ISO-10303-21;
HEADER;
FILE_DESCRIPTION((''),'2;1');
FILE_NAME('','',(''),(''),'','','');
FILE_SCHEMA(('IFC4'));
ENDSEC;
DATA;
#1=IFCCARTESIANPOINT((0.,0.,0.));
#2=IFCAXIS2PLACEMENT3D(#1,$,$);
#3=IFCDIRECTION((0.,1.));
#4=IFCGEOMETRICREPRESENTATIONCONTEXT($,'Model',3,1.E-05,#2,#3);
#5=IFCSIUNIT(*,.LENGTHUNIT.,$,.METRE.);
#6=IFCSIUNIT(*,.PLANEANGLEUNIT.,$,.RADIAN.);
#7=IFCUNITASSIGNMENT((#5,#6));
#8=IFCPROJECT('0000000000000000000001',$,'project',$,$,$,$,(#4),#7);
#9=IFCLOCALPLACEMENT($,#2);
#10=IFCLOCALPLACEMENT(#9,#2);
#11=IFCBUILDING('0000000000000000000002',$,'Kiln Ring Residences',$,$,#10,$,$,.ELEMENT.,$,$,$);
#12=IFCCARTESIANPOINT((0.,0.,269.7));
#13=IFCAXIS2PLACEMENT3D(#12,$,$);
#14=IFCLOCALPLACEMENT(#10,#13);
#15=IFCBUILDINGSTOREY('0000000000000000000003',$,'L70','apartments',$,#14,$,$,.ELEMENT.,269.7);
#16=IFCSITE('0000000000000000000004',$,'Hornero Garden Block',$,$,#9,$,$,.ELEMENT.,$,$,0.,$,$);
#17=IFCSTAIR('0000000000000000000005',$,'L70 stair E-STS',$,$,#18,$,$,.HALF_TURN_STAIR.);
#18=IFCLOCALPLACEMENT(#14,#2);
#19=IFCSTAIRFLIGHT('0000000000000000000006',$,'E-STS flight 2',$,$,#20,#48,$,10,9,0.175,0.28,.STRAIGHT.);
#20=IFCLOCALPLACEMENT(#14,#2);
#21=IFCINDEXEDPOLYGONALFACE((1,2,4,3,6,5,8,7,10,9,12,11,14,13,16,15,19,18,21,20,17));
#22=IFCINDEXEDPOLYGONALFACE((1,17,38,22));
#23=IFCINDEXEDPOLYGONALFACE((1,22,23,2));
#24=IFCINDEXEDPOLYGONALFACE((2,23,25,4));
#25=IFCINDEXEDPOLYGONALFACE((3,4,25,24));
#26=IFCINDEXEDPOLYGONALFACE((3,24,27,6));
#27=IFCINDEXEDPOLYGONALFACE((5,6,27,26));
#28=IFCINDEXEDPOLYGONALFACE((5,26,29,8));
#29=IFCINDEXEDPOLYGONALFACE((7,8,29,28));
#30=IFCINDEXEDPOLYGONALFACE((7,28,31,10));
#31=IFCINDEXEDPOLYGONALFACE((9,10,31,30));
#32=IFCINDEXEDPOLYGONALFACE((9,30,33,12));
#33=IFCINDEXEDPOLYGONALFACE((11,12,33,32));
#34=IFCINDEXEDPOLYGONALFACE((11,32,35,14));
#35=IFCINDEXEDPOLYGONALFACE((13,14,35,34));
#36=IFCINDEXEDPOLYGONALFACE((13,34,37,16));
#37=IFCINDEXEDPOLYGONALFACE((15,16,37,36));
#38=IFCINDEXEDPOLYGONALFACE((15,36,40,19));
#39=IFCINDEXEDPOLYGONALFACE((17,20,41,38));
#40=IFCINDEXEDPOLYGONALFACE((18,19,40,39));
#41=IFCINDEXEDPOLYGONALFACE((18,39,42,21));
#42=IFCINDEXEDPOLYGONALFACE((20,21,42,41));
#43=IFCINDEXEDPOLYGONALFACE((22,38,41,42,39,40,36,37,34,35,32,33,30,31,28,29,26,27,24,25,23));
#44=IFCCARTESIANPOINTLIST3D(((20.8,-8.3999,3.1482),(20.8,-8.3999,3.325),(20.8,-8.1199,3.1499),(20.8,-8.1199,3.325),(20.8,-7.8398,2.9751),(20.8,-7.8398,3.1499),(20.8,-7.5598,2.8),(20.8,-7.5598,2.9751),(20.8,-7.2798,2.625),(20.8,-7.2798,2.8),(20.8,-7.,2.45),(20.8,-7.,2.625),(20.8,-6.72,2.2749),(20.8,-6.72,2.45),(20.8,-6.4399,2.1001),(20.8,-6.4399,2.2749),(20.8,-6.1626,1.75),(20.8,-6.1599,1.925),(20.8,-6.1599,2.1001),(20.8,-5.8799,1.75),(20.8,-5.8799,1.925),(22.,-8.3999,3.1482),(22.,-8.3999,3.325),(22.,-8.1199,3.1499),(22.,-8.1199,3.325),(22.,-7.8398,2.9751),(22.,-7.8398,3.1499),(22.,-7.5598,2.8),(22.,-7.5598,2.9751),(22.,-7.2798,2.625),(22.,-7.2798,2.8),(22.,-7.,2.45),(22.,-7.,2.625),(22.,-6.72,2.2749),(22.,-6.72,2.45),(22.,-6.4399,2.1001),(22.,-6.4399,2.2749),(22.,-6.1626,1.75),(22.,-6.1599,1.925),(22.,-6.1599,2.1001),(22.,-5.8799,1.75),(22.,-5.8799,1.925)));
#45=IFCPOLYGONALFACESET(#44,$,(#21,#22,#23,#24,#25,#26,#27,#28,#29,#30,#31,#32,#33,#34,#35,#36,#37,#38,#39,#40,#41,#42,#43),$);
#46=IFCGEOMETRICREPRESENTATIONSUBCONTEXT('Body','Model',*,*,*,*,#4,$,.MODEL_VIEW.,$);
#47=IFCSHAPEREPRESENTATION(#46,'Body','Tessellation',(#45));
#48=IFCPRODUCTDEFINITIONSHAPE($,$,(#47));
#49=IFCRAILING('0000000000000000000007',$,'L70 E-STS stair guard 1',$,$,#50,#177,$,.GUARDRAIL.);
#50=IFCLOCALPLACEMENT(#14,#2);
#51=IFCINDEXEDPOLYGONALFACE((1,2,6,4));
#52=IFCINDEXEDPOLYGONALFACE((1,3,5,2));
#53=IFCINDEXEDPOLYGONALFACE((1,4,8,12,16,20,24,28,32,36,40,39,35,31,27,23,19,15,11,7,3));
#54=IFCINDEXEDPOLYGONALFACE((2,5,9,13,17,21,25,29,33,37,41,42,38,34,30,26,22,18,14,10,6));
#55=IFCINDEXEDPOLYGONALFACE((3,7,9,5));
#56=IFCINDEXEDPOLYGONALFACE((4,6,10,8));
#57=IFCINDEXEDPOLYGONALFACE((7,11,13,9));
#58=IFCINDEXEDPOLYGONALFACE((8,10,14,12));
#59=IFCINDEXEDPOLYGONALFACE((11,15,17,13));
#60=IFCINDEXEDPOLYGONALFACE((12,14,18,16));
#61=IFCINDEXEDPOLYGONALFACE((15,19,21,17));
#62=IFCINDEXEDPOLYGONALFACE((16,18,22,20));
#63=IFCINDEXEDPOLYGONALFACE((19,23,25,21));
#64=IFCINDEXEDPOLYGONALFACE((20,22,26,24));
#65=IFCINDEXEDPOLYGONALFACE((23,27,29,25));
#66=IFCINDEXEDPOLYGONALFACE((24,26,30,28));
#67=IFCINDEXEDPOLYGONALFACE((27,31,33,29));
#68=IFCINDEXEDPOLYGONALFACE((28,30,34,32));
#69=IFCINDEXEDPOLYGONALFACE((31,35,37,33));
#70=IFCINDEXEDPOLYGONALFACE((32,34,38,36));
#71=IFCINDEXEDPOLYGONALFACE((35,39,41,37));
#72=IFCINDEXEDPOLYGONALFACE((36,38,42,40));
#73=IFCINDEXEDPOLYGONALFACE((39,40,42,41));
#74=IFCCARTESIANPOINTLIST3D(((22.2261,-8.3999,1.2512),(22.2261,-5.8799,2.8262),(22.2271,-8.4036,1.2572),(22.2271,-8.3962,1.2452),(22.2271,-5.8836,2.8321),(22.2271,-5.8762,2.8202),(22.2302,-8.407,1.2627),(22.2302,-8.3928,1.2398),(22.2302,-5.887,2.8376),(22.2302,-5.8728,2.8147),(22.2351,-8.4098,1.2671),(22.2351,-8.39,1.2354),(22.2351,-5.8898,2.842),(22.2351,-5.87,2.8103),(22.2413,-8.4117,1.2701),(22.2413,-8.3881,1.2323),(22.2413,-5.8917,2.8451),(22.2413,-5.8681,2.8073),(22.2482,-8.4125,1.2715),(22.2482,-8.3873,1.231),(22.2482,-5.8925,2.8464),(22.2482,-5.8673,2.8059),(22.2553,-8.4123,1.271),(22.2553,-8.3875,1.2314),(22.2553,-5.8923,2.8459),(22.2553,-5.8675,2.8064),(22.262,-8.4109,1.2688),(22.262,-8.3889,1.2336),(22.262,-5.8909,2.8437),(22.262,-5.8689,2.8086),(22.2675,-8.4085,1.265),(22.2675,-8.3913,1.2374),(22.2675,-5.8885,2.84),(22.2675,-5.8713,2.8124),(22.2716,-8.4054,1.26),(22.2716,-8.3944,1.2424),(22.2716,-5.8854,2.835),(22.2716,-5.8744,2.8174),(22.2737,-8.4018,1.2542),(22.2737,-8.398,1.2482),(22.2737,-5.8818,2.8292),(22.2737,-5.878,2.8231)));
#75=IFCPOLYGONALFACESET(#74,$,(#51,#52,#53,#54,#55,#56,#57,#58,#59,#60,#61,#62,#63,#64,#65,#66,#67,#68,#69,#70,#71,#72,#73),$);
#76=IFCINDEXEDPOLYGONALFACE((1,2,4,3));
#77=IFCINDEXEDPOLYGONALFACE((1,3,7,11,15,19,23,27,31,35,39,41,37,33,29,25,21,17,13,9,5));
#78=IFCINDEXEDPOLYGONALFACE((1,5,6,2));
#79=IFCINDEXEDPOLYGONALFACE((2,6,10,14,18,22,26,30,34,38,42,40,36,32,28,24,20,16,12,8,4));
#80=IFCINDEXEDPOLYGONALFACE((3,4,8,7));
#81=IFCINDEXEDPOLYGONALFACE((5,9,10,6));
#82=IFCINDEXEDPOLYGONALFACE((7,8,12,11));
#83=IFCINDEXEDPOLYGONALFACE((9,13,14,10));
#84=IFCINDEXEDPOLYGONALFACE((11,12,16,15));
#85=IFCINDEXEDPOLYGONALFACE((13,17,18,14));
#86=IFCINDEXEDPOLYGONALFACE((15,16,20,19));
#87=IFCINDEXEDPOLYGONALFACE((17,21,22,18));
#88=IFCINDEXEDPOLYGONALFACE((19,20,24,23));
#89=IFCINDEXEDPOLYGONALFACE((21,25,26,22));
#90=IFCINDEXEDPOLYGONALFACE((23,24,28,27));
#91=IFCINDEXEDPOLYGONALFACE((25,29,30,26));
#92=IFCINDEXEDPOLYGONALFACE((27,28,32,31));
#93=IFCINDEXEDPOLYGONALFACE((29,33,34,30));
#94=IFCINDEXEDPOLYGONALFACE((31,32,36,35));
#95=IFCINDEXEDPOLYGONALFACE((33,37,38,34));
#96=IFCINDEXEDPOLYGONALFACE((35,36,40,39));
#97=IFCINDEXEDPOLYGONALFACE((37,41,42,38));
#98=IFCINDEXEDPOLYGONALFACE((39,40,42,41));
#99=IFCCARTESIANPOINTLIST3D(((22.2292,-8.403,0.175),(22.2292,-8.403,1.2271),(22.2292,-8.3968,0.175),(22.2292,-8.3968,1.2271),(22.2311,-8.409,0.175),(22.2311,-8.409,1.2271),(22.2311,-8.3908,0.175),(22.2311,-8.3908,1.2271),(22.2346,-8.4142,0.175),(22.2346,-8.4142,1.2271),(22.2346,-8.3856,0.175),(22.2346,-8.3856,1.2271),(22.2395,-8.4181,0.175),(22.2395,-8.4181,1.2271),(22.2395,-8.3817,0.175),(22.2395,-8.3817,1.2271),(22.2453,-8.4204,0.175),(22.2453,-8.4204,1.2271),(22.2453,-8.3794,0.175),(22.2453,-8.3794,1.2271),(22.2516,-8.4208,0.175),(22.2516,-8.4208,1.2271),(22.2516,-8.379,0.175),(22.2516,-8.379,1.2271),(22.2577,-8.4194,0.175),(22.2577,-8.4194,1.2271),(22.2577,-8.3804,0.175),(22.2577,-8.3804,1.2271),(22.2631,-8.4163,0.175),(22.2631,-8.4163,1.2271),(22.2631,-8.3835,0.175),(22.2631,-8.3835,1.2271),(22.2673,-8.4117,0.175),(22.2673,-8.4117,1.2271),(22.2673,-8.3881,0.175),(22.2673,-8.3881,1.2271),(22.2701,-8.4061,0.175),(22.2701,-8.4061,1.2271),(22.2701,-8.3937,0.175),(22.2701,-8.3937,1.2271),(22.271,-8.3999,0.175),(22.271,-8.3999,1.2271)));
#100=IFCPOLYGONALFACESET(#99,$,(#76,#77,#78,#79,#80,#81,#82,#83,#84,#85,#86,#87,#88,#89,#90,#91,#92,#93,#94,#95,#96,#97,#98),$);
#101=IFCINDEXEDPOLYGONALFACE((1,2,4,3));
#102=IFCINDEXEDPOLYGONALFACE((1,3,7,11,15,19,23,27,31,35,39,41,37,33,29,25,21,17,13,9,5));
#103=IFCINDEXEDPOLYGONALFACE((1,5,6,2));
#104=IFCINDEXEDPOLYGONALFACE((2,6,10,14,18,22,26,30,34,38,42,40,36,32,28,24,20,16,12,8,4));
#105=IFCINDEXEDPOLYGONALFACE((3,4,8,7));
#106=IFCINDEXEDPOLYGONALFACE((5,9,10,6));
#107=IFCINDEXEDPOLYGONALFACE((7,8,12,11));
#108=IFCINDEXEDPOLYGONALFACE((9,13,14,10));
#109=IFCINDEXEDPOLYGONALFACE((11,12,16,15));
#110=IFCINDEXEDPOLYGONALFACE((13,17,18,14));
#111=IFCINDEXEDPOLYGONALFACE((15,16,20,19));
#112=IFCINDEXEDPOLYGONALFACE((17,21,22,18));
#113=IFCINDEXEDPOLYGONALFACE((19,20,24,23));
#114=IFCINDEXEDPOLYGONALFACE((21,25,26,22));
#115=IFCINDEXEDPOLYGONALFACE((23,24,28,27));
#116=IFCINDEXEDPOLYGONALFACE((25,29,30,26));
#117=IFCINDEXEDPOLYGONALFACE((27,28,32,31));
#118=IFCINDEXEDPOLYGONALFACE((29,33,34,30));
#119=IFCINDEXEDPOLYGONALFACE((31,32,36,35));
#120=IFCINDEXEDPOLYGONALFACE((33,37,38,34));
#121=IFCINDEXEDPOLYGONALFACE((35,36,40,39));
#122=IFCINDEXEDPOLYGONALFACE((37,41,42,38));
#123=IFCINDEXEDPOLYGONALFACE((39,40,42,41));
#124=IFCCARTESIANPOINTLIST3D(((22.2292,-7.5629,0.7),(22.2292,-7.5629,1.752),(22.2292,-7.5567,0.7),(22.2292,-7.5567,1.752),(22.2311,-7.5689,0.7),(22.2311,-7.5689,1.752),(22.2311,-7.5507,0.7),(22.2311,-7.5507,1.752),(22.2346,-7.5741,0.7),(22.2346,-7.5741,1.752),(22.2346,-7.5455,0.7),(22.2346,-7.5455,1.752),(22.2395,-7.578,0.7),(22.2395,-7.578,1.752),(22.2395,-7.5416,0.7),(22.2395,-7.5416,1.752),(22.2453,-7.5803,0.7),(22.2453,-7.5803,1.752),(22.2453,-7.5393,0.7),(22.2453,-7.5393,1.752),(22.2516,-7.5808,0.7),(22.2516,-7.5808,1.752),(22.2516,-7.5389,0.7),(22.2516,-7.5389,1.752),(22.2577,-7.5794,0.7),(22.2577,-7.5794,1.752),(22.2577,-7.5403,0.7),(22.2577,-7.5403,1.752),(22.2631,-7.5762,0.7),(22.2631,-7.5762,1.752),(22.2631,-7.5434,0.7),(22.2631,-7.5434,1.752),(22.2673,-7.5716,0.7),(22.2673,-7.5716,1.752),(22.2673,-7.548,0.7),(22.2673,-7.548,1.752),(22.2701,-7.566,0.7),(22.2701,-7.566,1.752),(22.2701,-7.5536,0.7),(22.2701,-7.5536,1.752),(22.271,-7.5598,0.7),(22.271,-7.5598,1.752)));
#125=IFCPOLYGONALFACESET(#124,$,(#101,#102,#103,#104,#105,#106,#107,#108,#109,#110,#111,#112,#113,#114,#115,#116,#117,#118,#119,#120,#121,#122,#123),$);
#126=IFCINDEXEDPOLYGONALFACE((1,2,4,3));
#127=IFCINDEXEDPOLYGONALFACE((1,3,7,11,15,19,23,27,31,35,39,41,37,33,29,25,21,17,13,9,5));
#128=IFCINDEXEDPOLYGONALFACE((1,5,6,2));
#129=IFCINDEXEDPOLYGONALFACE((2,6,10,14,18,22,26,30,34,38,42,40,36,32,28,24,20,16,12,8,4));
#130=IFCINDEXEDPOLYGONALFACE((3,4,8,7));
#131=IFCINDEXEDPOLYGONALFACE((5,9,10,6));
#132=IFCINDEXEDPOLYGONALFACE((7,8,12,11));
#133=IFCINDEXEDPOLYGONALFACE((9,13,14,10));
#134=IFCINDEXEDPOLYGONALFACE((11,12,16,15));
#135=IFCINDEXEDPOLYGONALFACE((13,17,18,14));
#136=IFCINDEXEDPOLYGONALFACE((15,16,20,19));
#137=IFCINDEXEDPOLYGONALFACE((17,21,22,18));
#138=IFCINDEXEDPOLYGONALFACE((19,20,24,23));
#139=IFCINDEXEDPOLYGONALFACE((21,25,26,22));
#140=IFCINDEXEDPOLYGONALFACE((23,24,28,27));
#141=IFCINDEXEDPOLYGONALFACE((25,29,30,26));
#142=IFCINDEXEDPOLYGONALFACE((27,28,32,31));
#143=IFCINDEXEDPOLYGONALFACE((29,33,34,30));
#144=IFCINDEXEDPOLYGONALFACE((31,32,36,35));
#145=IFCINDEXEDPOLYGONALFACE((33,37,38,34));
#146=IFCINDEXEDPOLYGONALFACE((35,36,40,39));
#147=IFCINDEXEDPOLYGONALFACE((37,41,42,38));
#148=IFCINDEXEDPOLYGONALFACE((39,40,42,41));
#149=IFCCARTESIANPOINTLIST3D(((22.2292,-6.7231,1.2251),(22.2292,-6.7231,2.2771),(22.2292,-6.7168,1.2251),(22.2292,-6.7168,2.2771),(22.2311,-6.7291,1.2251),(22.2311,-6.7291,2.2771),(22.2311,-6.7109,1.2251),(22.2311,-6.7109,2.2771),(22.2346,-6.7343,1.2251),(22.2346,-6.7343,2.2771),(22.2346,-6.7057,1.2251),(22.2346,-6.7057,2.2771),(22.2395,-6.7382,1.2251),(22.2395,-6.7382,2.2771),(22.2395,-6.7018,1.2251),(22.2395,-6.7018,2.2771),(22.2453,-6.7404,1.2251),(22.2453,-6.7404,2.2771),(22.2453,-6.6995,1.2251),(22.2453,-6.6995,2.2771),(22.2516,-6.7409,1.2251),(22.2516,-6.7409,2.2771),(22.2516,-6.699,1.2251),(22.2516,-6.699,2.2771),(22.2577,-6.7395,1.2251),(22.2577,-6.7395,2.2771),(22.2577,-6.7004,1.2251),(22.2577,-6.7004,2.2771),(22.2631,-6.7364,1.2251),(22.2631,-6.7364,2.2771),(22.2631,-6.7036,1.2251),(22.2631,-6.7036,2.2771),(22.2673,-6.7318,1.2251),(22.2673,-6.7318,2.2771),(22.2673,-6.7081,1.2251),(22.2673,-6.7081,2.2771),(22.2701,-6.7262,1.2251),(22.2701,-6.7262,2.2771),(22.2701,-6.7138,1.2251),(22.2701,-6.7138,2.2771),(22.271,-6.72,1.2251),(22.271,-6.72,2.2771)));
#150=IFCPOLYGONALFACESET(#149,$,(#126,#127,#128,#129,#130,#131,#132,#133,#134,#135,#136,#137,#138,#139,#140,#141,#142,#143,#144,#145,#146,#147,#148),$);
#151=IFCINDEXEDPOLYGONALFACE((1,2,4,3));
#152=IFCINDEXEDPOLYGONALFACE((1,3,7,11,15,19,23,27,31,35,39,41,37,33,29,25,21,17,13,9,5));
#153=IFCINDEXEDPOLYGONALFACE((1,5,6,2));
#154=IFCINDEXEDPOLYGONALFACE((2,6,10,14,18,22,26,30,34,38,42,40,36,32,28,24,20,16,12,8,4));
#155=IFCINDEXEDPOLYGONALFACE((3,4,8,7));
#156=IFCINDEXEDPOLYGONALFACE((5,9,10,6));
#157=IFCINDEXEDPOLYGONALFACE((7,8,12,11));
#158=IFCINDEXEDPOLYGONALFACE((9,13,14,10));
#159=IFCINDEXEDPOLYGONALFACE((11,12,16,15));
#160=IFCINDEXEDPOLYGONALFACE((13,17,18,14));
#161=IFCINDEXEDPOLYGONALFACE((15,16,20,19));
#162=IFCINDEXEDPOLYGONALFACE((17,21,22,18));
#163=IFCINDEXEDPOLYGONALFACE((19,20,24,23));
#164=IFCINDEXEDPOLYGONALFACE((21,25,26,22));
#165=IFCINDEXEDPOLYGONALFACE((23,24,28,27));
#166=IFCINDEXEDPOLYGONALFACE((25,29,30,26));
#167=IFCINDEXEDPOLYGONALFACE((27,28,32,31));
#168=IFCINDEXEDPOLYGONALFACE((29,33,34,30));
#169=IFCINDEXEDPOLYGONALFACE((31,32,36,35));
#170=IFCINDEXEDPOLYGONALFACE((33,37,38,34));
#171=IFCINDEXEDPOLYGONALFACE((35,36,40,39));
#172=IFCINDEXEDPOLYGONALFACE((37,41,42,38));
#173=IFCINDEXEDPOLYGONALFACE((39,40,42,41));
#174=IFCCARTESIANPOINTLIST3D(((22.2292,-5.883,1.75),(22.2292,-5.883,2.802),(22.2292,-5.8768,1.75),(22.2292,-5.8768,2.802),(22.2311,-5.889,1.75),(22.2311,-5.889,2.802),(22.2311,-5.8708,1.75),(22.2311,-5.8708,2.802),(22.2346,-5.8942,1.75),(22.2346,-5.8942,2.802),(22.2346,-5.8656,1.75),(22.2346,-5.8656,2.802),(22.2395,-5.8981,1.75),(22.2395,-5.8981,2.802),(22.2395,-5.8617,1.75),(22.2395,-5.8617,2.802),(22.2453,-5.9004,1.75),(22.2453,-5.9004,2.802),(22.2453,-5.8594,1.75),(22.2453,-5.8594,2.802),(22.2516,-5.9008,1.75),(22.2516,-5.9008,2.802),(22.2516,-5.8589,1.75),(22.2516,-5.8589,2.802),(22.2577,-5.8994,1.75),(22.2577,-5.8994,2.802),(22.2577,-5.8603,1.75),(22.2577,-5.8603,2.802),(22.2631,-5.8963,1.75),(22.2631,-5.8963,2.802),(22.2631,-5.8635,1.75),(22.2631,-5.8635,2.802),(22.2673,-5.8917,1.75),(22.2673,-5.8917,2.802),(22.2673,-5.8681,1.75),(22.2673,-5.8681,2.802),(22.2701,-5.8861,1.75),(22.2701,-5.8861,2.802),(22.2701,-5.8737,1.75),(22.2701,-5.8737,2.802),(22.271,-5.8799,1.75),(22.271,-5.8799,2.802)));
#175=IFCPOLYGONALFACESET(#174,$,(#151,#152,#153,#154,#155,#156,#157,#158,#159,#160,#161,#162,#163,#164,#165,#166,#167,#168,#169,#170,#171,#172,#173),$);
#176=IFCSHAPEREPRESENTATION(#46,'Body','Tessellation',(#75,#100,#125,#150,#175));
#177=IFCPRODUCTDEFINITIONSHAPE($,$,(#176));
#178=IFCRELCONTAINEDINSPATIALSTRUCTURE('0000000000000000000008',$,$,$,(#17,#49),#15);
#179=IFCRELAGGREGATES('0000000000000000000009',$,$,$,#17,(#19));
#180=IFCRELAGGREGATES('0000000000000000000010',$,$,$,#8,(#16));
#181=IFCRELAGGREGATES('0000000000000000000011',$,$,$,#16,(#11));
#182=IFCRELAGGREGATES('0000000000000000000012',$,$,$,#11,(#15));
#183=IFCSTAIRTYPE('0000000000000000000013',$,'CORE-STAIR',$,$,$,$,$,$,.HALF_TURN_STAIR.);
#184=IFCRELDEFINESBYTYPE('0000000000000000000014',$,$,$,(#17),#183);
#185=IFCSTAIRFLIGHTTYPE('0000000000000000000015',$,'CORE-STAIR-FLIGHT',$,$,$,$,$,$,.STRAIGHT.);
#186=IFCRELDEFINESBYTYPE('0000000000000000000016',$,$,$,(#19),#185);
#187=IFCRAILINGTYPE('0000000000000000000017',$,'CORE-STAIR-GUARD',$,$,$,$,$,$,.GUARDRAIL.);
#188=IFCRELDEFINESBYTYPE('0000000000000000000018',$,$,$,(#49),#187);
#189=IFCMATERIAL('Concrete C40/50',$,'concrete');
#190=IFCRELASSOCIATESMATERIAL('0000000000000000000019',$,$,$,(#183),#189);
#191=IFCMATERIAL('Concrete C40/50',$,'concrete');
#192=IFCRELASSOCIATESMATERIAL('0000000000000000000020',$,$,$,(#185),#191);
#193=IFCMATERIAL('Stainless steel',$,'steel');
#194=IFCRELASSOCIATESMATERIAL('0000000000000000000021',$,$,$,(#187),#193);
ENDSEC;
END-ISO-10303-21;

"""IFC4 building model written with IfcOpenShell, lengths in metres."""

from ifc_helpers import new_model, si_unit, direction, frame, origin, origin_2d, place, context, subcontext, project, spatial, polyline, circle, outline, extrude, material, type_object, element, aggregate, save


model = new_model("IFC4")

# Units and contexts
model_context = context("Model", 3, precision=1e-05, world=origin(), true_north=direction((0.0, 1.0)))
body_context = subcontext(model_context, "Body", "Model", "MODEL_VIEW")
ifc_project = project(units=[si_unit("LENGTHUNIT", "METRE"), si_unit("PLANEANGLEUNIT", "RADIAN")], contexts=[model_context])

# Site, building, storey
site_placement = place(None, origin())
site = spatial("IfcSite", under=ifc_project, at=site_placement, Name="Hornero Garden Block", CompositionType="ELEMENT", RefElevation=0.0)
building_placement = place(site_placement, origin())
building = spatial("IfcBuilding", under=site, at=building_placement, Name="Kiln Ring Residences", CompositionType="ELEMENT")
storey_placement = place(building_placement, frame((0.0, 0.0, 269.7)))
storey = spatial("IfcBuildingStorey", under=building, at=storey_placement, Name="L70", Description="apartments", CompositionType="ELEMENT", Elevation=269.7)

# Stair, stair flight
ifc_material_1 = material(Name="Concrete C40/50", Category="concrete")
stair_type = type_object("IfcStairType", Name="CORE-STAIR", PredefinedType="HALF_TURN_STAIR", material=ifc_material_1)
stair_placement = place(storey_placement, origin())
stair = element("IfcStair", 1, at=stair_placement, inside=storey, type_object=stair_type, Name="L70 stair E-STS", PredefinedType="HALF_TURN_STAIR")
ifc_material_2 = material(Name="Concrete C40/50", Category="concrete")
stair_flight_type = type_object("IfcStairFlightType", Name="CORE-STAIR-FLIGHT", PredefinedType="STRAIGHT", material=ifc_material_2)
stair_flight_1_placement = place(storey_placement, frame((21.3999, -5.8799, 1.75), z_axis=(0.0, 0.0, 1.0), x_axis=(0.0, -1.0, 0.0)))
stair_flight_1 = element("IfcStairFlight", 2, at=stair_flight_1_placement, type_object=stair_flight_type, Name="E-STS flight 2", NumberOfRisers=10, NumberOfTreads=9, PredefinedType="STRAIGHT", RiserHeight=0.175, TreadLength=0.28, context=body_context, shape_type="SweptSolid", body=[
    extrude(outline(polyline([(0.0, 0.0), (0.0, 0.175), (0.28, 0.175), (0.28, 0.3501), (0.5601, 0.3501), (0.5601, 0.5249), (0.8401, 0.5249), (0.8401, 0.7), (1.1201, 0.7), (1.1201, 0.875), (1.3999, 0.875), (1.3999, 1.05), (1.6799, 1.05), (1.6799, 1.2251), (1.96, 1.2251), (1.96, 1.3999), (2.24, 1.3999), (2.24, 1.575), (2.52, 1.575), (2.52, 1.75), (2.52, 1.3982), (0.2827, 0.0), (0.0, 0.0)])), frame((0.0, 0.6001, 0.0), z_axis=(0.0, -1.0, 0.0), x_axis=(1.0, 0.0, 0.0)), (0.0, 0.0, 1.0), 1.2),
])
aggregate(stair, [stair_flight_1])

# Railing
ifc_material_3 = material(Name="Stainless steel", Category="steel")
railing_type_1 = type_object("IfcRailingType", Name="CORE-STAIR-GUARD", PredefinedType="GUARDRAIL", material=ifc_material_3)
railing_1_placement = place(storey_placement, frame((22.25, -8.3999, 0.175)))
element("IfcRailing", 3, at=railing_1_placement, inside=storey, type_object=railing_type_1, Name="L70 E-STS stair guard 1", PredefinedType="GUARDRAIL", context=body_context, shape_type="SweptSolid", body=[
    extrude(circle(Radius=0.0239, at=origin_2d()), frame((0.0, 0.0, 1.0762), z_axis=(0.0, 0.848008, 0.529984), x_axis=(-1.0, 0.0, 0.0)), (0.0, 0.0, 1.0), 2.9717),
    extrude(circle(Radius=0.021, at=origin_2d()), origin(), (0.0, 0.0, 1.0), 1.052),
    extrude(circle(Radius=0.021, at=origin_2d()), frame((0.0, 0.8401, 0.5249)), (0.0, 0.0, 1.0), 1.052),
    extrude(circle(Radius=0.021, at=origin_2d()), frame((0.0, 1.6799, 1.05)), (0.0, 0.0, 1.0), 1.052),
    extrude(circle(Radius=0.021, at=origin_2d()), frame((0.0, 2.52, 1.575)), (0.0, 0.0, 1.0), 1.052),
])

save(model, "model.ifc")
